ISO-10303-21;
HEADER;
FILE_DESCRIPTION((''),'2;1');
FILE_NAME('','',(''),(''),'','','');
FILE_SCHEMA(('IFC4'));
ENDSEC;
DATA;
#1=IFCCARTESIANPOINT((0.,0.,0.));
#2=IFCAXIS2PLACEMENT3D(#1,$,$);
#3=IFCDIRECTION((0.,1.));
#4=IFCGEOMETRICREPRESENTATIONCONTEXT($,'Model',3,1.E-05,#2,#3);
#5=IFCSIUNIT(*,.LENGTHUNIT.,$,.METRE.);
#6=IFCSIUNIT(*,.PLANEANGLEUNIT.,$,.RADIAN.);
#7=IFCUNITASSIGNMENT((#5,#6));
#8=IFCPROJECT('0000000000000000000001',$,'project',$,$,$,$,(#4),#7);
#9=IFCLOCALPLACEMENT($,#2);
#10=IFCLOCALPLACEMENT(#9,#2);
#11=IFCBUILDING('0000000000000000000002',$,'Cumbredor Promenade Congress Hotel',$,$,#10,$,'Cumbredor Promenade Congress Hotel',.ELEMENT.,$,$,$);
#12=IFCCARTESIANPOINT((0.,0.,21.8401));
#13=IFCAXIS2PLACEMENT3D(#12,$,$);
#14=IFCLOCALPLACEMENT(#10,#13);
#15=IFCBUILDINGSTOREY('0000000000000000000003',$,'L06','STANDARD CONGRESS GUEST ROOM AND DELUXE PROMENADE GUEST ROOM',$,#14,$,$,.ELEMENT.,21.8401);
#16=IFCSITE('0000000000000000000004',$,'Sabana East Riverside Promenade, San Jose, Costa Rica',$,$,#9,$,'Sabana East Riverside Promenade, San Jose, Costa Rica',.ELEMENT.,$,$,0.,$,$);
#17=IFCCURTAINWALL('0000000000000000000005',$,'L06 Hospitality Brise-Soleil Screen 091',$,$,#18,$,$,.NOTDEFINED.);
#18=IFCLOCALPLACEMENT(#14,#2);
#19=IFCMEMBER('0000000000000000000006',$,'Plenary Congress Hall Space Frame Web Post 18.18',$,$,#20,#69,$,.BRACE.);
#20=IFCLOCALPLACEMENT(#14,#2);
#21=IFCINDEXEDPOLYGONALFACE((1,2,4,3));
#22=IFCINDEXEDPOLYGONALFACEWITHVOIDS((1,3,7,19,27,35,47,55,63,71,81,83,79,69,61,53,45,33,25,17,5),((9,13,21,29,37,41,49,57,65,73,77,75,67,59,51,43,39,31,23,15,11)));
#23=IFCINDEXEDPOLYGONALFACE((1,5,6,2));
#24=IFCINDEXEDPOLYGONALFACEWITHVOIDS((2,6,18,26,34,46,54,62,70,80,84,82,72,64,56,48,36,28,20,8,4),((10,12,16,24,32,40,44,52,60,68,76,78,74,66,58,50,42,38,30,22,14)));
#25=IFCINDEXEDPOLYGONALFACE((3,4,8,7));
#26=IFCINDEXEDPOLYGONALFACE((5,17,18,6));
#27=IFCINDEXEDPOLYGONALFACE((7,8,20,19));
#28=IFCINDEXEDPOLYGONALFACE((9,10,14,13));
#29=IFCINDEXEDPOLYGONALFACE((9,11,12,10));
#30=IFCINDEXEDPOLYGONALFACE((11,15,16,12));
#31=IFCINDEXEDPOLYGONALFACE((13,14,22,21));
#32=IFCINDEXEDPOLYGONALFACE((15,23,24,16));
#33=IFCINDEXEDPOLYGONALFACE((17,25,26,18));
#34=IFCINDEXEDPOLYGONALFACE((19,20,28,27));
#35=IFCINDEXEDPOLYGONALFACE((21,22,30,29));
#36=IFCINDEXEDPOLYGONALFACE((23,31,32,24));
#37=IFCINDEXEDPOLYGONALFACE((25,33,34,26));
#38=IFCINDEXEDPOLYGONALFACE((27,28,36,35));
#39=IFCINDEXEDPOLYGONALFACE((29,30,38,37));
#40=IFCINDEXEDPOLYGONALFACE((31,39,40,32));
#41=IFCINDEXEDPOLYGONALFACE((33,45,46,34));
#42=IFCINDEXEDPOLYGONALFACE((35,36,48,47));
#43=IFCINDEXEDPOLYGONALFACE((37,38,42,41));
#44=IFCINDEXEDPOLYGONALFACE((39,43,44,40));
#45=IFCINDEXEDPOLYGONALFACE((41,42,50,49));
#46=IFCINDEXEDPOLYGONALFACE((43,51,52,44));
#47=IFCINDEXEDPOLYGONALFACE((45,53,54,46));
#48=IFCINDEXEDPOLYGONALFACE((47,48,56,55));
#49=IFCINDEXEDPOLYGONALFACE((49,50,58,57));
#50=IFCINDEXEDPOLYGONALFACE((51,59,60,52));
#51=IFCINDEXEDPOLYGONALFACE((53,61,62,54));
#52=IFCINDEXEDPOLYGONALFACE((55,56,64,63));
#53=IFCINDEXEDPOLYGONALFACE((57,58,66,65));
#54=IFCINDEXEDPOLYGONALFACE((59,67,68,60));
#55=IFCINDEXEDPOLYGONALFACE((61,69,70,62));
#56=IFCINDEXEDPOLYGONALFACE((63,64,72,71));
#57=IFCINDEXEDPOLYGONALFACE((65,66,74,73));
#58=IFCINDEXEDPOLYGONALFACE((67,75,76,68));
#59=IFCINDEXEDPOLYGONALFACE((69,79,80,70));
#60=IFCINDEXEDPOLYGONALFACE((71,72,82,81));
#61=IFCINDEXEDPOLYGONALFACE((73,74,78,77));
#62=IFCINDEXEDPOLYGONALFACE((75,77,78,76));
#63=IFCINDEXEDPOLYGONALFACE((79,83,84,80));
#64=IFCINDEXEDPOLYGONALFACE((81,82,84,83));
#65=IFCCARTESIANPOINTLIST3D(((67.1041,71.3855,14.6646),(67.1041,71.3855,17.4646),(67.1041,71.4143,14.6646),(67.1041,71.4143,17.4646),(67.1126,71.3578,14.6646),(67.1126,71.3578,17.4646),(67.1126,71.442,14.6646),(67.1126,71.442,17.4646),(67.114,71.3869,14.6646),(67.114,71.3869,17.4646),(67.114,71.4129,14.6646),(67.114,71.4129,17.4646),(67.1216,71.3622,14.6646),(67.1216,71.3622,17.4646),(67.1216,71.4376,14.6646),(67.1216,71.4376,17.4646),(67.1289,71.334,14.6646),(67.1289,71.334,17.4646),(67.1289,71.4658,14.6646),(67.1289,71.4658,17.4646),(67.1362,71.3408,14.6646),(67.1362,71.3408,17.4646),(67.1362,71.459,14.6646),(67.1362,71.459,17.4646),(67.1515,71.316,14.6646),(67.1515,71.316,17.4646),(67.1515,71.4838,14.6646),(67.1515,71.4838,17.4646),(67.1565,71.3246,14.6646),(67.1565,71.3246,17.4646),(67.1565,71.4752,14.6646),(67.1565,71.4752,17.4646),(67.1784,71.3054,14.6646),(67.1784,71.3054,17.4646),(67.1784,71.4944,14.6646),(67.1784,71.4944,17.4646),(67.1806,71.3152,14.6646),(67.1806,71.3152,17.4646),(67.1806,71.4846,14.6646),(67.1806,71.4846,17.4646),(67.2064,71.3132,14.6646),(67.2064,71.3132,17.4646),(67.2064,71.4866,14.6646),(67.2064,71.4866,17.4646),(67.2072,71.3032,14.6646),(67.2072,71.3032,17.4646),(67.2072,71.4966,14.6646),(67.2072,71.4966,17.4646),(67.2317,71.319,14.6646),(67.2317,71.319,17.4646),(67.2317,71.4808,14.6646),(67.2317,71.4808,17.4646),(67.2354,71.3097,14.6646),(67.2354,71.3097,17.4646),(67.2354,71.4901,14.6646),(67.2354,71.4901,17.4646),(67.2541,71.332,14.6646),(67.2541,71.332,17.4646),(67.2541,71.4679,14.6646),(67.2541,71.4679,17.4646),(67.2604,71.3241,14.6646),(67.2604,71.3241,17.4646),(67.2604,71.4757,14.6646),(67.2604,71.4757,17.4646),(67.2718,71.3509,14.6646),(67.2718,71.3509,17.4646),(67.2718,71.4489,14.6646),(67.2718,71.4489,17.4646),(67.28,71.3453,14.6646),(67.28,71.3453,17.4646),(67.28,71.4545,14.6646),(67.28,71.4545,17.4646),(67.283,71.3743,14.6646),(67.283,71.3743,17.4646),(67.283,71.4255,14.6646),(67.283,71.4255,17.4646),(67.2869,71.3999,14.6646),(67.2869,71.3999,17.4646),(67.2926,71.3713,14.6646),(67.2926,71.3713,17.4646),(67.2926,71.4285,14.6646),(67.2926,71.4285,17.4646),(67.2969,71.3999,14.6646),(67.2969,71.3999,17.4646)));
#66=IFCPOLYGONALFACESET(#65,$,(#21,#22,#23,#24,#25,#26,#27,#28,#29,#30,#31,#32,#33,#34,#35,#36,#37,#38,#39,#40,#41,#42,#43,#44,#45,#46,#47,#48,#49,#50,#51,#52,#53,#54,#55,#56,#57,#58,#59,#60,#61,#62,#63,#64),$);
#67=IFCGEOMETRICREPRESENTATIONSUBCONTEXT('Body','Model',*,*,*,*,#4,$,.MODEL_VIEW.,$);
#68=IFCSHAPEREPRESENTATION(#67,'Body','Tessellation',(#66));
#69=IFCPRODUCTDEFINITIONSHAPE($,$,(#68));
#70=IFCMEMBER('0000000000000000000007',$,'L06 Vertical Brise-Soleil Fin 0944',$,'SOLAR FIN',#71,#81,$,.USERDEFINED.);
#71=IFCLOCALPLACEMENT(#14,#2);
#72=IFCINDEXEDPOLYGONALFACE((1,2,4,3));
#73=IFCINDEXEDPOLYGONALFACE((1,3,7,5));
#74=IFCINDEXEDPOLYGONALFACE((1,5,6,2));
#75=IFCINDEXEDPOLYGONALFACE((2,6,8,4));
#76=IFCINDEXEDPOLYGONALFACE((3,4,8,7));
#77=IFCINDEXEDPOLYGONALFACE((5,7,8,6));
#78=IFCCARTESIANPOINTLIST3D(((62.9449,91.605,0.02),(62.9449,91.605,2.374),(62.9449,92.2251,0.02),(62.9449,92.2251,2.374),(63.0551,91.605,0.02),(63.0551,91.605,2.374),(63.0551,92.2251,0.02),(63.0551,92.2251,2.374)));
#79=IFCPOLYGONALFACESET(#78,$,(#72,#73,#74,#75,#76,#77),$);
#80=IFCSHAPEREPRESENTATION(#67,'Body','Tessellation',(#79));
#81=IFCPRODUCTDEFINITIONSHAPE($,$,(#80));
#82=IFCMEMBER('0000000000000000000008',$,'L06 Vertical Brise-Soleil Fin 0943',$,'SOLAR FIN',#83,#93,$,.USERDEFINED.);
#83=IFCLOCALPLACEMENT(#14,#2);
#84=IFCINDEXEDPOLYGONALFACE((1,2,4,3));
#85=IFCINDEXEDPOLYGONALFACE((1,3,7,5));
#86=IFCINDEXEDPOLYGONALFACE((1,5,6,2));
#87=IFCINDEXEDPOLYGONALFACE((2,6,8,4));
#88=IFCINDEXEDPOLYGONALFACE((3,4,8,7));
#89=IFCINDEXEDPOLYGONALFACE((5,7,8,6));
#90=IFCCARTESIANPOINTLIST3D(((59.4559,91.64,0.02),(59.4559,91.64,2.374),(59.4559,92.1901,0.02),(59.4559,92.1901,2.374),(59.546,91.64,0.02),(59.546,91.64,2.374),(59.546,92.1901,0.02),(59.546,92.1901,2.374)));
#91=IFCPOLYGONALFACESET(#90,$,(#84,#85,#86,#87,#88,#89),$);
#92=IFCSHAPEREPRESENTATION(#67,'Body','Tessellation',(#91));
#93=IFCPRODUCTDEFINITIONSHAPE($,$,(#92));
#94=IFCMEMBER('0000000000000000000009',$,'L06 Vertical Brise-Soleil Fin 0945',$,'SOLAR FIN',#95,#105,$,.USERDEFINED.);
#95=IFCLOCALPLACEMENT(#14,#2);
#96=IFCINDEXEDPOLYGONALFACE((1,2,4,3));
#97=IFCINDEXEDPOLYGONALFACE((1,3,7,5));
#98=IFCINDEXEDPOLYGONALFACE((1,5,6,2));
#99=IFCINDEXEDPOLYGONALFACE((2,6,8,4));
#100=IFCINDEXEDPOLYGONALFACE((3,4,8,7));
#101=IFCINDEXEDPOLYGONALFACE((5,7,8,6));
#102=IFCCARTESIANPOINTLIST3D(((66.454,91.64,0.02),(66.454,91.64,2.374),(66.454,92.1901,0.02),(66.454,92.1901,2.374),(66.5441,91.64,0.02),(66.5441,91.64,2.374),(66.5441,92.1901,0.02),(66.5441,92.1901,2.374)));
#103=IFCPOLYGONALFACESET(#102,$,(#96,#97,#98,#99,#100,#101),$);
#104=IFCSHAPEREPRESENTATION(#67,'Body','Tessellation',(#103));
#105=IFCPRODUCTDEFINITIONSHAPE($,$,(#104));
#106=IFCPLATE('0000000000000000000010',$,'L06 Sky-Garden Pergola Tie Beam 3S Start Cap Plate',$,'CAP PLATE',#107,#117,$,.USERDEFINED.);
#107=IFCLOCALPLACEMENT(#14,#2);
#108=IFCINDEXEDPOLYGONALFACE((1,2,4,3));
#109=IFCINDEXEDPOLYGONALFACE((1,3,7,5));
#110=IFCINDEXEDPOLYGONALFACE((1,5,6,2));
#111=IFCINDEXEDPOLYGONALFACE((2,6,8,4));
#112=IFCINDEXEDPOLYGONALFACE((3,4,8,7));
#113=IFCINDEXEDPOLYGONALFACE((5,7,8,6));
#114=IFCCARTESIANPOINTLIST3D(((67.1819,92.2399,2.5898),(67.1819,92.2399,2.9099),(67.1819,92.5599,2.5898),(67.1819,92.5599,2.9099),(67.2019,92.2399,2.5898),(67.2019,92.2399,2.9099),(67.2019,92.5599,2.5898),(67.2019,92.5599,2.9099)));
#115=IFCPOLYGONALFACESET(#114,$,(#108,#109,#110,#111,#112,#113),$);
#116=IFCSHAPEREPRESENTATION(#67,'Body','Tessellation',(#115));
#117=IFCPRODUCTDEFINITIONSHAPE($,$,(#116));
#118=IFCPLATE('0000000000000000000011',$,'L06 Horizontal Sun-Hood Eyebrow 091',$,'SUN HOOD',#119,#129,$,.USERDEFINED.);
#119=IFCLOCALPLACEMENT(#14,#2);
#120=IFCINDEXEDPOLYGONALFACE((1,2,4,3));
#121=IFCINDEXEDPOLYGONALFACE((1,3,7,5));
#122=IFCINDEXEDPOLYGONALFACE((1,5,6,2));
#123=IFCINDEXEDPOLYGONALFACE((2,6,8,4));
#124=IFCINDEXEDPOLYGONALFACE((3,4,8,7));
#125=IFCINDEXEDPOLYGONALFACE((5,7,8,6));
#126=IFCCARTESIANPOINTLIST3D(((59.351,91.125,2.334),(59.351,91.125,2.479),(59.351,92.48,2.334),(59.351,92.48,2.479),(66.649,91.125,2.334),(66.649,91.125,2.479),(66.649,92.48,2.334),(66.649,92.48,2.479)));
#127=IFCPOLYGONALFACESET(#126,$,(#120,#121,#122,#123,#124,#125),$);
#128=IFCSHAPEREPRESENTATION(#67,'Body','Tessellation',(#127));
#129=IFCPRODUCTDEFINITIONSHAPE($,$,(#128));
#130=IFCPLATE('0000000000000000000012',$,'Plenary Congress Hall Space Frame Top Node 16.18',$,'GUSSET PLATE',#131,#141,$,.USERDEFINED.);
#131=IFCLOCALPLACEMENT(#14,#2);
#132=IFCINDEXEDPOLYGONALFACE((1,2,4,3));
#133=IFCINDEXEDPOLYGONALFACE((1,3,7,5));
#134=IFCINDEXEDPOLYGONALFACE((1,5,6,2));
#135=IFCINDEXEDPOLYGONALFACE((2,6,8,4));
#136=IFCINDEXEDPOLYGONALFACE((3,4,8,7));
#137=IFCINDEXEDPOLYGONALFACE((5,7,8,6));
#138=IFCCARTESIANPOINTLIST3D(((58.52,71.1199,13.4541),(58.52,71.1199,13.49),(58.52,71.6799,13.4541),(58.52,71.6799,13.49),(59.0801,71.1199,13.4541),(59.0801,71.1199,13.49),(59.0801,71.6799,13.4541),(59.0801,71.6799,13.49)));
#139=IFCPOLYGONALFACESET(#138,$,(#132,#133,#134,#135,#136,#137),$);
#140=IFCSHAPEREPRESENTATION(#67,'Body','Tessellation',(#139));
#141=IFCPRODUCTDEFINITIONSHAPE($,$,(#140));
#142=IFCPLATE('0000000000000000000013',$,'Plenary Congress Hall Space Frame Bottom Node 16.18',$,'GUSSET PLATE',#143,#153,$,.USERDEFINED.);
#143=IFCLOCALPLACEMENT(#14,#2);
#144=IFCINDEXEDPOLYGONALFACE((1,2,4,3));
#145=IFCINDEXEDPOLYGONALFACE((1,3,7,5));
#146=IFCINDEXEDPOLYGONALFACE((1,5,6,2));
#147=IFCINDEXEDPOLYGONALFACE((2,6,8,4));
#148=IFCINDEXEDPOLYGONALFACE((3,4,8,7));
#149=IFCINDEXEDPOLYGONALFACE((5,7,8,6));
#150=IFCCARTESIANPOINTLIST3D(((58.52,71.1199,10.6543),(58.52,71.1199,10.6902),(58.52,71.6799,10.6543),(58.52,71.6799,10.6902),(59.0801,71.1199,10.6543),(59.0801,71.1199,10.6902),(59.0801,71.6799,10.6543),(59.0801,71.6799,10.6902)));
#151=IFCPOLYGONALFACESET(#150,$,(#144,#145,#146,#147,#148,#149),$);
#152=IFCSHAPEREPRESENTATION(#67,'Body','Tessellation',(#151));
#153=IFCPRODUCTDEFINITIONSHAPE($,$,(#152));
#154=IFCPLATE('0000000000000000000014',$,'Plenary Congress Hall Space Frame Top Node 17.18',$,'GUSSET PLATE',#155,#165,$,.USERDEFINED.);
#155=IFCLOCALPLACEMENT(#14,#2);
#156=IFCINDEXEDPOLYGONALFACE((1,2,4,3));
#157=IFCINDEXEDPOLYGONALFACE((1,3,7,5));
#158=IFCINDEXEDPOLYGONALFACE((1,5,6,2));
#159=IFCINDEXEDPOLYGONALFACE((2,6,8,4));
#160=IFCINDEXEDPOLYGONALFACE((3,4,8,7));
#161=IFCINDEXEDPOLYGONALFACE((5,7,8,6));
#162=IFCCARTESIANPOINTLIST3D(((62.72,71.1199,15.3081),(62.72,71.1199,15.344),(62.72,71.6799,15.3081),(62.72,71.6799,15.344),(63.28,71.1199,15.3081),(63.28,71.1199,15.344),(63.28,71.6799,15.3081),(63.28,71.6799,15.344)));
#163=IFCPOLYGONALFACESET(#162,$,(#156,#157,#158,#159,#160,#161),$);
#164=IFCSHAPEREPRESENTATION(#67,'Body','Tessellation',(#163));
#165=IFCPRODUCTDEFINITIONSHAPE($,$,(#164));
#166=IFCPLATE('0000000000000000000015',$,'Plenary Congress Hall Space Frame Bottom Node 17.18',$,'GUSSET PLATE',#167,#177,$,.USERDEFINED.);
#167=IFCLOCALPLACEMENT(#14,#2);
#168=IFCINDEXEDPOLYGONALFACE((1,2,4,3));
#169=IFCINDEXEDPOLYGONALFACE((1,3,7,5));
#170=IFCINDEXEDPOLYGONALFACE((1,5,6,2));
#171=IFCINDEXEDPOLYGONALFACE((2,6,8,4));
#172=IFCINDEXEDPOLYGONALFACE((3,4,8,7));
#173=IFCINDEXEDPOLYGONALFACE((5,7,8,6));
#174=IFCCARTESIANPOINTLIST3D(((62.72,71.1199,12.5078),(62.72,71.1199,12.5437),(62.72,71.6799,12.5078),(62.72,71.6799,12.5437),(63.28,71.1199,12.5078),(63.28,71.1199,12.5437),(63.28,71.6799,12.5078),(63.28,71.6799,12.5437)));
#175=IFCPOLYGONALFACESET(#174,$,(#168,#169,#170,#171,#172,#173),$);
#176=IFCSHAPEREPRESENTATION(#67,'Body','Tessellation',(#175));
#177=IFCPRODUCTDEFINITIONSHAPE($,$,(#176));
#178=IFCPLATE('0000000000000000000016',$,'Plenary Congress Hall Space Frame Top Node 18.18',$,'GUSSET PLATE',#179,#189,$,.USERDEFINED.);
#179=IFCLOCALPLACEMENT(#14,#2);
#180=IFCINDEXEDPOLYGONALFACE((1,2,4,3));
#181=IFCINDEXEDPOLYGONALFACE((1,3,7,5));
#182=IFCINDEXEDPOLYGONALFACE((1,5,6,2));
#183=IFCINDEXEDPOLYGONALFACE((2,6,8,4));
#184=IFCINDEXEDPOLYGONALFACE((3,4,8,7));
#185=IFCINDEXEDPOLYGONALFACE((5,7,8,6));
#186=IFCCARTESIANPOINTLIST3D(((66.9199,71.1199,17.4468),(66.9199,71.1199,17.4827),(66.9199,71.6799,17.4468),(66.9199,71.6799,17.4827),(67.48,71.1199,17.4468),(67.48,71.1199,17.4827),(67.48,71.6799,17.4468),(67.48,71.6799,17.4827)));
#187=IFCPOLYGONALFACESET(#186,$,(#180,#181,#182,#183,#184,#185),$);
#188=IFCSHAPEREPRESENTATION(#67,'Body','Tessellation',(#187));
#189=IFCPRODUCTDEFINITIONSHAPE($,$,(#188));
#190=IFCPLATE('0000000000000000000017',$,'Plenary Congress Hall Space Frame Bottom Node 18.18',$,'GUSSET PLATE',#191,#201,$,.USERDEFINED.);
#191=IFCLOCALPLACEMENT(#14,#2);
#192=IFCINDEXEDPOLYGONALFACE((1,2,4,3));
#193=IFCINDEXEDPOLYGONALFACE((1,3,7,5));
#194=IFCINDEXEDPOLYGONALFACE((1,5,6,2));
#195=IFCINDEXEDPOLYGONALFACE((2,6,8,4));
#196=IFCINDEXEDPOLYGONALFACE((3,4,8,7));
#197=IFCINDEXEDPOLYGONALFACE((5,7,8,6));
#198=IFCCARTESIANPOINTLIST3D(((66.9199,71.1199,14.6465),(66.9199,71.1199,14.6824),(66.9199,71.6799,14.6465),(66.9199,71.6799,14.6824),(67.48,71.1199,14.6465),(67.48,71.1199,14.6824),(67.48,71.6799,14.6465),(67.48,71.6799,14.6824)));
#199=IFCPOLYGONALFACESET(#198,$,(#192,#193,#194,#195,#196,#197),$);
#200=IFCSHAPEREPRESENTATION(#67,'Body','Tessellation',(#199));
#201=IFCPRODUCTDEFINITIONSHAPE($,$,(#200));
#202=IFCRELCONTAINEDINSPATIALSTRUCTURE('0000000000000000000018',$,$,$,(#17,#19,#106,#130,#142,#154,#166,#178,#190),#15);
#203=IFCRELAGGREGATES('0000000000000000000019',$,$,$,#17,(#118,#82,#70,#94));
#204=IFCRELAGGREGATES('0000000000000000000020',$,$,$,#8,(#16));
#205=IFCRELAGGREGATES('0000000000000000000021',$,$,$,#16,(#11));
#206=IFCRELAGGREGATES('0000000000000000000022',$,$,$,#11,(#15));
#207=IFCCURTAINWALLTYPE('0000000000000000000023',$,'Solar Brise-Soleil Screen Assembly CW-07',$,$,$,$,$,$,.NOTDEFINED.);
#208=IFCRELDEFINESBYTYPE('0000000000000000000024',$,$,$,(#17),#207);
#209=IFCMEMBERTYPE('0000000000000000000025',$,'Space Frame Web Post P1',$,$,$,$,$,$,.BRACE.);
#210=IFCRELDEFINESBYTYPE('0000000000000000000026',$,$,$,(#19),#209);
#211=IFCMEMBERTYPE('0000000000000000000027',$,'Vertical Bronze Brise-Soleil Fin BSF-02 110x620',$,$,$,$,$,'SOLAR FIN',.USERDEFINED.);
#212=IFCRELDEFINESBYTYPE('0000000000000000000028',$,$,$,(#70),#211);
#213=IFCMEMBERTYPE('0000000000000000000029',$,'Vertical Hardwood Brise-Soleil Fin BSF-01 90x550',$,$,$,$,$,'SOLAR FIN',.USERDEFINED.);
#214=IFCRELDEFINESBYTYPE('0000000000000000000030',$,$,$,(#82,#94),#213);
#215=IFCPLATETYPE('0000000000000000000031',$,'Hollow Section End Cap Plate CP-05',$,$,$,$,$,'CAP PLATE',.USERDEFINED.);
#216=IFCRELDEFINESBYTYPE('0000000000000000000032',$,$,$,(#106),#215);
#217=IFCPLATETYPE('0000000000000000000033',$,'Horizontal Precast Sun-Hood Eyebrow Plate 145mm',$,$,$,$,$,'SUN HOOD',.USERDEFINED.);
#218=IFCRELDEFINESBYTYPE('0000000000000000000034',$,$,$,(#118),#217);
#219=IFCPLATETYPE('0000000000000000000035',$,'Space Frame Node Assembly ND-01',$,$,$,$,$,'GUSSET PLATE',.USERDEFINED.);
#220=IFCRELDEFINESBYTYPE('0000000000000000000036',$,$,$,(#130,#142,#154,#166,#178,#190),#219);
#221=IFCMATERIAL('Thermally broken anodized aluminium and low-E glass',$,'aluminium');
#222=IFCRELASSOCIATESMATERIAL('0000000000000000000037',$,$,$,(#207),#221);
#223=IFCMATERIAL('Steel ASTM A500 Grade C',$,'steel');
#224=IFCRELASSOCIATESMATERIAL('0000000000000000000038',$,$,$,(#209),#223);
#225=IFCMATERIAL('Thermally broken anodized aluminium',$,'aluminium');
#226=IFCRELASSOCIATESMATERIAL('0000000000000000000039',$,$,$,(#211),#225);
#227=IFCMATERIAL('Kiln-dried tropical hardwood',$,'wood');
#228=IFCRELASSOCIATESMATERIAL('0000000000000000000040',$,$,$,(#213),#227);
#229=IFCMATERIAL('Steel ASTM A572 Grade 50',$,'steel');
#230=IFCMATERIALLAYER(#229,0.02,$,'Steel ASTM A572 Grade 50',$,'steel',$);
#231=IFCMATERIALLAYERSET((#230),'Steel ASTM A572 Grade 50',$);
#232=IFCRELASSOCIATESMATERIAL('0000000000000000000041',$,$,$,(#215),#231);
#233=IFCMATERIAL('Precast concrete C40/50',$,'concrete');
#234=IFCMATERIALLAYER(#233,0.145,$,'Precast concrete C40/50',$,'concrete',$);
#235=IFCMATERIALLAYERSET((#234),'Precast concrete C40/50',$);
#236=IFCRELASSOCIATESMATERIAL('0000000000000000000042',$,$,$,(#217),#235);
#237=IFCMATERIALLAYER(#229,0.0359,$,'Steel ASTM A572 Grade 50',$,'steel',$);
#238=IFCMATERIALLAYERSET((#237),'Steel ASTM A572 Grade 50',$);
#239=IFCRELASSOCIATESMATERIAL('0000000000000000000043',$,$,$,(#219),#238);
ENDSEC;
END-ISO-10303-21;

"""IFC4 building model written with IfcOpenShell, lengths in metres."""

from ifc_helpers import new_model, si_unit, direction, frame, origin, origin_2d, place, context, subcontext, project, spatial, rectangle, hollow_circle, extrude, material, layer, layer_set, material_profile, profile_set, type_object, element, aggregate, save


model = new_model("IFC4")

# Units and contexts
model_context = context("Model", 3, precision=1e-05, world=origin(), true_north=direction((0.0, 1.0)))
body_context = subcontext(model_context, "Body", "Model", "MODEL_VIEW")
ifc_project = project(units=[si_unit("LENGTHUNIT", "METRE"), si_unit("PLANEANGLEUNIT", "RADIAN")], contexts=[model_context])

# Site, building, storey
site_placement = place(None, origin())
site = spatial("IfcSite", under=ifc_project, at=site_placement, Name="Sabana East Riverside Promenade, San Jose, Costa Rica", LongName="Sabana East Riverside Promenade, San Jose, Costa Rica", CompositionType="ELEMENT", RefElevation=0.0)
building_placement = place(site_placement, origin())
building = spatial("IfcBuilding", under=site, at=building_placement, Name="Cumbredor Promenade Congress Hotel", LongName="Cumbredor Promenade Congress Hotel", CompositionType="ELEMENT")
storey_placement = place(building_placement, frame((0.0, 0.0, 21.8401)))
storey = spatial("IfcBuildingStorey", under=building, at=storey_placement, Name="L06", Description="STANDARD CONGRESS GUEST ROOM AND DELUXE PROMENADE GUEST ROOM", CompositionType="ELEMENT", Elevation=21.8401)

# Curtain wall
ifc_material_1 = material(Name="Thermally broken anodized aluminium and low-E glass", Category="aluminium")
curtain_wall_type = type_object("IfcCurtainWallType", Name="Solar Brise-Soleil Screen Assembly CW-07", PredefinedType="NOTDEFINED", material=ifc_material_1)
curtain_wall_placement = place(storey_placement, origin())
curtain_wall = element("IfcCurtainWall", 1, at=curtain_wall_placement, inside=storey, type_object=curtain_wall_type, Name="L06 Hospitality Brise-Soleil Screen 091", PredefinedType="NOTDEFINED")
ifc_material_2 = material(Name="Thermally broken anodized aluminium", Category="aluminium")

# Member
ifc_material_3 = material(Name="Steel ASTM A500 Grade C", Category="steel")
ifc_material_profile_1 = material_profile(ifc_material_3, hollow_circle(Radius=0.0969, WallThickness=0.01, at=origin_2d()), Name="CHS 193.7x10")
ifc_profile_set_1 = profile_set([ifc_material_profile_1], Name="Steel ASTM A500 Grade C")
member_type_1 = type_object("IfcMemberType", Name="Space Frame Web Post P1", PredefinedType="BRACE", material=ifc_profile_set_1)
for number, where, z_axis, x_axis, name in (
    (2, (67.2, 71.3999, 14.6646), (0.0, 0.0, 1.0), (1.0, 0.0, 0.0), "Plenary Congress Hall Space Frame Web Post 18.18"),
):
    element("IfcMember", number, at=place(storey_placement, frame(where, z_axis=z_axis, x_axis=x_axis)), inside=storey, type_object=member_type_1, Name=name, PredefinedType="BRACE", context=body_context, shape_type="SweptSolid", body=[
        extrude(hollow_circle(Radius=0.0969, WallThickness=0.01, at=origin_2d()), origin(), (0.0, 0.0, 1.0), 2.8),
    ])

# Members
ifc_material_profile_2 = material_profile(ifc_material_2, rectangle(XDim=0.1101, YDim=0.6201, at=origin_2d()), Name="ARCH FIN 110x620")
ifc_profile_set_2 = profile_set([ifc_material_profile_2], Name="Thermally broken anodized aluminium")
member_type_2 = type_object("IfcMemberType", Name="Vertical Bronze Brise-Soleil Fin BSF-02 110x620", ElementType="SOLAR FIN", PredefinedType="USERDEFINED", material=ifc_profile_set_2)
member_1_placement = place(storey_placement, frame((63.0, 91.915, 0.02), z_axis=(0.0, 0.0, 1.0), x_axis=(1.0, 0.0, 0.0)))
member_1 = element("IfcMember", 3, at=member_1_placement, type_object=member_type_2, Name="L06 Vertical Brise-Soleil Fin 0944", ObjectType="SOLAR FIN", PredefinedType="USERDEFINED", context=body_context, shape_type="SweptSolid", body=[
    extrude(rectangle(XDim=0.1101, YDim=0.6201, at=origin_2d()), origin(), (0.0, 0.0, 1.0), 2.354),
])
ifc_material_4 = material(Name="Kiln-dried tropical hardwood", Category="wood")
ifc_material_profile_3 = material_profile(ifc_material_4, rectangle(XDim=0.0901, YDim=0.55, at=origin_2d()), Name="ARCH FIN 90x550")
ifc_profile_set_3 = profile_set([ifc_material_profile_3], Name="Kiln-dried tropical hardwood")
member_type_3 = type_object("IfcMemberType", Name="Vertical Hardwood Brise-Soleil Fin BSF-01 90x550", ElementType="SOLAR FIN", PredefinedType="USERDEFINED", material=ifc_profile_set_3)
member_2_placement = place(storey_placement, frame((59.501, 91.915, 0.02), z_axis=(0.0, 0.0, 1.0), x_axis=(1.0, 0.0, 0.0)))
member_2 = element("IfcMember", 4, at=member_2_placement, type_object=member_type_3, Name="L06 Vertical Brise-Soleil Fin 0943", ObjectType="SOLAR FIN", PredefinedType="USERDEFINED", context=body_context, shape_type="SweptSolid", body=[
    extrude(rectangle(XDim=0.0901, YDim=0.55, at=origin_2d()), origin(), (0.0, 0.0, 1.0), 2.354),
])
member_3_placement = place(storey_placement, frame((66.499, 91.915, 0.02), z_axis=(0.0, 0.0, 1.0), x_axis=(1.0, 0.0, 0.0)))
member_3 = element("IfcMember", 5, at=member_3_placement, type_object=member_type_3, Name="L06 Vertical Brise-Soleil Fin 0945", ObjectType="SOLAR FIN", PredefinedType="USERDEFINED", context=body_context, shape_type="SweptSolid", body=[
    extrude(rectangle(XDim=0.0901, YDim=0.55, at=origin_2d()), origin(), (0.0, 0.0, 1.0), 2.354),
])

# Plates
ifc_material_5 = material(Name="Steel ASTM A572 Grade 50", Category="steel")
ifc_layer_1 = layer(ifc_material_5, 0.02, Name="Steel ASTM A572 Grade 50", Category="steel")
ifc_layer_set_1 = layer_set([ifc_layer_1], Name="Steel ASTM A572 Grade 50")
plate_type_1 = type_object("IfcPlateType", Name="Hollow Section End Cap Plate CP-05", ElementType="CAP PLATE", PredefinedType="USERDEFINED", material=ifc_layer_set_1)
plate_1_placement = place(storey_placement, frame((67.1919, 92.3999, 2.5898), z_axis=(0.0, 0.0, 1.0), x_axis=(1.0, 0.0, 0.0)))
element("IfcPlate", 6, at=plate_1_placement, inside=storey, type_object=plate_type_1, Name="L06 Sky-Garden Pergola Tie Beam 3S Start Cap Plate", ObjectType="CAP PLATE", PredefinedType="USERDEFINED", context=body_context, shape_type="SweptSolid", body=[
    extrude(rectangle(XDim=0.02, YDim=0.3201, at=origin_2d()), origin(), (0.0, 0.0, 1.0), 0.3201),
])
ifc_material_6 = material(Name="Precast concrete C40/50", Category="concrete")
ifc_layer_2 = layer(ifc_material_6, 0.145, Name="Precast concrete C40/50", Category="concrete")
ifc_layer_set_2 = layer_set([ifc_layer_2], Name="Precast concrete C40/50")
plate_type_2 = type_object("IfcPlateType", Name="Horizontal Precast Sun-Hood Eyebrow Plate 145mm", ElementType="SUN HOOD", PredefinedType="USERDEFINED", material=ifc_layer_set_2)
plate_2_placement = place(storey_placement, frame((63.0, 91.8025, 2.334), z_axis=(0.0, 0.0, 1.0), x_axis=(1.0, 0.0, 0.0)))
plate_2 = element("IfcPlate", 7, at=plate_2_placement, type_object=plate_type_2, Name="L06 Horizontal Sun-Hood Eyebrow 091", ObjectType="SUN HOOD", PredefinedType="USERDEFINED", context=body_context, shape_type="SweptSolid", body=[
    extrude(rectangle(XDim=7.2981, YDim=1.355, at=origin_2d()), origin(), (0.0, 0.0, 1.0), 0.145),
])
aggregate(curtain_wall, [plate_2, member_2, member_1, member_3])

# Plates
ifc_layer_3 = layer(ifc_material_5, 0.0359, Name="Steel ASTM A572 Grade 50", Category="steel")
ifc_layer_set_3 = layer_set([ifc_layer_3], Name="Steel ASTM A572 Grade 50")
plate_type_3 = type_object("IfcPlateType", Name="Space Frame Node Assembly ND-01", ElementType="GUSSET PLATE", PredefinedType="USERDEFINED", material=ifc_layer_set_3)
for number, where, z_axis, x_axis, name in (
    (8, (58.8, 71.3999, 13.4541), (0.0, 0.0, 1.0), (1.0, 0.0, 0.0), "Plenary Congress Hall Space Frame Top Node 16.18"),
    (9, (58.8, 71.3999, 10.6543), (0.0, 0.0, 1.0), (1.0, 0.0, 0.0), "Plenary Congress Hall Space Frame Bottom Node 16.18"),
    (10, (63.0, 71.3999, 15.3081), (0.0, 0.0, 1.0), (1.0, 0.0, 0.0), "Plenary Congress Hall Space Frame Top Node 17.18"),
    (11, (63.0, 71.3999, 12.5078), (0.0, 0.0, 1.0), (1.0, 0.0, 0.0), "Plenary Congress Hall Space Frame Bottom Node 17.18"),
    (12, (67.2, 71.3999, 17.4468), (0.0, 0.0, 1.0), (1.0, 0.0, 0.0), "Plenary Congress Hall Space Frame Top Node 18.18"),
    (13, (67.2, 71.3999, 14.6465), (0.0, 0.0, 1.0), (1.0, 0.0, 0.0), "Plenary Congress Hall Space Frame Bottom Node 18.18"),
):
    element("IfcPlate", number, at=place(storey_placement, frame(where, z_axis=z_axis, x_axis=x_axis)), inside=storey, type_object=plate_type_3, Name=name, ObjectType="GUSSET PLATE", PredefinedType="USERDEFINED", context=body_context, shape_type="SweptSolid", body=[
        extrude(rectangle(XDim=0.5601, YDim=0.5601, at=origin_2d()), origin(), (0.0, 0.0, 1.0), 0.0359),
    ])

save(model, "model.ifc")
